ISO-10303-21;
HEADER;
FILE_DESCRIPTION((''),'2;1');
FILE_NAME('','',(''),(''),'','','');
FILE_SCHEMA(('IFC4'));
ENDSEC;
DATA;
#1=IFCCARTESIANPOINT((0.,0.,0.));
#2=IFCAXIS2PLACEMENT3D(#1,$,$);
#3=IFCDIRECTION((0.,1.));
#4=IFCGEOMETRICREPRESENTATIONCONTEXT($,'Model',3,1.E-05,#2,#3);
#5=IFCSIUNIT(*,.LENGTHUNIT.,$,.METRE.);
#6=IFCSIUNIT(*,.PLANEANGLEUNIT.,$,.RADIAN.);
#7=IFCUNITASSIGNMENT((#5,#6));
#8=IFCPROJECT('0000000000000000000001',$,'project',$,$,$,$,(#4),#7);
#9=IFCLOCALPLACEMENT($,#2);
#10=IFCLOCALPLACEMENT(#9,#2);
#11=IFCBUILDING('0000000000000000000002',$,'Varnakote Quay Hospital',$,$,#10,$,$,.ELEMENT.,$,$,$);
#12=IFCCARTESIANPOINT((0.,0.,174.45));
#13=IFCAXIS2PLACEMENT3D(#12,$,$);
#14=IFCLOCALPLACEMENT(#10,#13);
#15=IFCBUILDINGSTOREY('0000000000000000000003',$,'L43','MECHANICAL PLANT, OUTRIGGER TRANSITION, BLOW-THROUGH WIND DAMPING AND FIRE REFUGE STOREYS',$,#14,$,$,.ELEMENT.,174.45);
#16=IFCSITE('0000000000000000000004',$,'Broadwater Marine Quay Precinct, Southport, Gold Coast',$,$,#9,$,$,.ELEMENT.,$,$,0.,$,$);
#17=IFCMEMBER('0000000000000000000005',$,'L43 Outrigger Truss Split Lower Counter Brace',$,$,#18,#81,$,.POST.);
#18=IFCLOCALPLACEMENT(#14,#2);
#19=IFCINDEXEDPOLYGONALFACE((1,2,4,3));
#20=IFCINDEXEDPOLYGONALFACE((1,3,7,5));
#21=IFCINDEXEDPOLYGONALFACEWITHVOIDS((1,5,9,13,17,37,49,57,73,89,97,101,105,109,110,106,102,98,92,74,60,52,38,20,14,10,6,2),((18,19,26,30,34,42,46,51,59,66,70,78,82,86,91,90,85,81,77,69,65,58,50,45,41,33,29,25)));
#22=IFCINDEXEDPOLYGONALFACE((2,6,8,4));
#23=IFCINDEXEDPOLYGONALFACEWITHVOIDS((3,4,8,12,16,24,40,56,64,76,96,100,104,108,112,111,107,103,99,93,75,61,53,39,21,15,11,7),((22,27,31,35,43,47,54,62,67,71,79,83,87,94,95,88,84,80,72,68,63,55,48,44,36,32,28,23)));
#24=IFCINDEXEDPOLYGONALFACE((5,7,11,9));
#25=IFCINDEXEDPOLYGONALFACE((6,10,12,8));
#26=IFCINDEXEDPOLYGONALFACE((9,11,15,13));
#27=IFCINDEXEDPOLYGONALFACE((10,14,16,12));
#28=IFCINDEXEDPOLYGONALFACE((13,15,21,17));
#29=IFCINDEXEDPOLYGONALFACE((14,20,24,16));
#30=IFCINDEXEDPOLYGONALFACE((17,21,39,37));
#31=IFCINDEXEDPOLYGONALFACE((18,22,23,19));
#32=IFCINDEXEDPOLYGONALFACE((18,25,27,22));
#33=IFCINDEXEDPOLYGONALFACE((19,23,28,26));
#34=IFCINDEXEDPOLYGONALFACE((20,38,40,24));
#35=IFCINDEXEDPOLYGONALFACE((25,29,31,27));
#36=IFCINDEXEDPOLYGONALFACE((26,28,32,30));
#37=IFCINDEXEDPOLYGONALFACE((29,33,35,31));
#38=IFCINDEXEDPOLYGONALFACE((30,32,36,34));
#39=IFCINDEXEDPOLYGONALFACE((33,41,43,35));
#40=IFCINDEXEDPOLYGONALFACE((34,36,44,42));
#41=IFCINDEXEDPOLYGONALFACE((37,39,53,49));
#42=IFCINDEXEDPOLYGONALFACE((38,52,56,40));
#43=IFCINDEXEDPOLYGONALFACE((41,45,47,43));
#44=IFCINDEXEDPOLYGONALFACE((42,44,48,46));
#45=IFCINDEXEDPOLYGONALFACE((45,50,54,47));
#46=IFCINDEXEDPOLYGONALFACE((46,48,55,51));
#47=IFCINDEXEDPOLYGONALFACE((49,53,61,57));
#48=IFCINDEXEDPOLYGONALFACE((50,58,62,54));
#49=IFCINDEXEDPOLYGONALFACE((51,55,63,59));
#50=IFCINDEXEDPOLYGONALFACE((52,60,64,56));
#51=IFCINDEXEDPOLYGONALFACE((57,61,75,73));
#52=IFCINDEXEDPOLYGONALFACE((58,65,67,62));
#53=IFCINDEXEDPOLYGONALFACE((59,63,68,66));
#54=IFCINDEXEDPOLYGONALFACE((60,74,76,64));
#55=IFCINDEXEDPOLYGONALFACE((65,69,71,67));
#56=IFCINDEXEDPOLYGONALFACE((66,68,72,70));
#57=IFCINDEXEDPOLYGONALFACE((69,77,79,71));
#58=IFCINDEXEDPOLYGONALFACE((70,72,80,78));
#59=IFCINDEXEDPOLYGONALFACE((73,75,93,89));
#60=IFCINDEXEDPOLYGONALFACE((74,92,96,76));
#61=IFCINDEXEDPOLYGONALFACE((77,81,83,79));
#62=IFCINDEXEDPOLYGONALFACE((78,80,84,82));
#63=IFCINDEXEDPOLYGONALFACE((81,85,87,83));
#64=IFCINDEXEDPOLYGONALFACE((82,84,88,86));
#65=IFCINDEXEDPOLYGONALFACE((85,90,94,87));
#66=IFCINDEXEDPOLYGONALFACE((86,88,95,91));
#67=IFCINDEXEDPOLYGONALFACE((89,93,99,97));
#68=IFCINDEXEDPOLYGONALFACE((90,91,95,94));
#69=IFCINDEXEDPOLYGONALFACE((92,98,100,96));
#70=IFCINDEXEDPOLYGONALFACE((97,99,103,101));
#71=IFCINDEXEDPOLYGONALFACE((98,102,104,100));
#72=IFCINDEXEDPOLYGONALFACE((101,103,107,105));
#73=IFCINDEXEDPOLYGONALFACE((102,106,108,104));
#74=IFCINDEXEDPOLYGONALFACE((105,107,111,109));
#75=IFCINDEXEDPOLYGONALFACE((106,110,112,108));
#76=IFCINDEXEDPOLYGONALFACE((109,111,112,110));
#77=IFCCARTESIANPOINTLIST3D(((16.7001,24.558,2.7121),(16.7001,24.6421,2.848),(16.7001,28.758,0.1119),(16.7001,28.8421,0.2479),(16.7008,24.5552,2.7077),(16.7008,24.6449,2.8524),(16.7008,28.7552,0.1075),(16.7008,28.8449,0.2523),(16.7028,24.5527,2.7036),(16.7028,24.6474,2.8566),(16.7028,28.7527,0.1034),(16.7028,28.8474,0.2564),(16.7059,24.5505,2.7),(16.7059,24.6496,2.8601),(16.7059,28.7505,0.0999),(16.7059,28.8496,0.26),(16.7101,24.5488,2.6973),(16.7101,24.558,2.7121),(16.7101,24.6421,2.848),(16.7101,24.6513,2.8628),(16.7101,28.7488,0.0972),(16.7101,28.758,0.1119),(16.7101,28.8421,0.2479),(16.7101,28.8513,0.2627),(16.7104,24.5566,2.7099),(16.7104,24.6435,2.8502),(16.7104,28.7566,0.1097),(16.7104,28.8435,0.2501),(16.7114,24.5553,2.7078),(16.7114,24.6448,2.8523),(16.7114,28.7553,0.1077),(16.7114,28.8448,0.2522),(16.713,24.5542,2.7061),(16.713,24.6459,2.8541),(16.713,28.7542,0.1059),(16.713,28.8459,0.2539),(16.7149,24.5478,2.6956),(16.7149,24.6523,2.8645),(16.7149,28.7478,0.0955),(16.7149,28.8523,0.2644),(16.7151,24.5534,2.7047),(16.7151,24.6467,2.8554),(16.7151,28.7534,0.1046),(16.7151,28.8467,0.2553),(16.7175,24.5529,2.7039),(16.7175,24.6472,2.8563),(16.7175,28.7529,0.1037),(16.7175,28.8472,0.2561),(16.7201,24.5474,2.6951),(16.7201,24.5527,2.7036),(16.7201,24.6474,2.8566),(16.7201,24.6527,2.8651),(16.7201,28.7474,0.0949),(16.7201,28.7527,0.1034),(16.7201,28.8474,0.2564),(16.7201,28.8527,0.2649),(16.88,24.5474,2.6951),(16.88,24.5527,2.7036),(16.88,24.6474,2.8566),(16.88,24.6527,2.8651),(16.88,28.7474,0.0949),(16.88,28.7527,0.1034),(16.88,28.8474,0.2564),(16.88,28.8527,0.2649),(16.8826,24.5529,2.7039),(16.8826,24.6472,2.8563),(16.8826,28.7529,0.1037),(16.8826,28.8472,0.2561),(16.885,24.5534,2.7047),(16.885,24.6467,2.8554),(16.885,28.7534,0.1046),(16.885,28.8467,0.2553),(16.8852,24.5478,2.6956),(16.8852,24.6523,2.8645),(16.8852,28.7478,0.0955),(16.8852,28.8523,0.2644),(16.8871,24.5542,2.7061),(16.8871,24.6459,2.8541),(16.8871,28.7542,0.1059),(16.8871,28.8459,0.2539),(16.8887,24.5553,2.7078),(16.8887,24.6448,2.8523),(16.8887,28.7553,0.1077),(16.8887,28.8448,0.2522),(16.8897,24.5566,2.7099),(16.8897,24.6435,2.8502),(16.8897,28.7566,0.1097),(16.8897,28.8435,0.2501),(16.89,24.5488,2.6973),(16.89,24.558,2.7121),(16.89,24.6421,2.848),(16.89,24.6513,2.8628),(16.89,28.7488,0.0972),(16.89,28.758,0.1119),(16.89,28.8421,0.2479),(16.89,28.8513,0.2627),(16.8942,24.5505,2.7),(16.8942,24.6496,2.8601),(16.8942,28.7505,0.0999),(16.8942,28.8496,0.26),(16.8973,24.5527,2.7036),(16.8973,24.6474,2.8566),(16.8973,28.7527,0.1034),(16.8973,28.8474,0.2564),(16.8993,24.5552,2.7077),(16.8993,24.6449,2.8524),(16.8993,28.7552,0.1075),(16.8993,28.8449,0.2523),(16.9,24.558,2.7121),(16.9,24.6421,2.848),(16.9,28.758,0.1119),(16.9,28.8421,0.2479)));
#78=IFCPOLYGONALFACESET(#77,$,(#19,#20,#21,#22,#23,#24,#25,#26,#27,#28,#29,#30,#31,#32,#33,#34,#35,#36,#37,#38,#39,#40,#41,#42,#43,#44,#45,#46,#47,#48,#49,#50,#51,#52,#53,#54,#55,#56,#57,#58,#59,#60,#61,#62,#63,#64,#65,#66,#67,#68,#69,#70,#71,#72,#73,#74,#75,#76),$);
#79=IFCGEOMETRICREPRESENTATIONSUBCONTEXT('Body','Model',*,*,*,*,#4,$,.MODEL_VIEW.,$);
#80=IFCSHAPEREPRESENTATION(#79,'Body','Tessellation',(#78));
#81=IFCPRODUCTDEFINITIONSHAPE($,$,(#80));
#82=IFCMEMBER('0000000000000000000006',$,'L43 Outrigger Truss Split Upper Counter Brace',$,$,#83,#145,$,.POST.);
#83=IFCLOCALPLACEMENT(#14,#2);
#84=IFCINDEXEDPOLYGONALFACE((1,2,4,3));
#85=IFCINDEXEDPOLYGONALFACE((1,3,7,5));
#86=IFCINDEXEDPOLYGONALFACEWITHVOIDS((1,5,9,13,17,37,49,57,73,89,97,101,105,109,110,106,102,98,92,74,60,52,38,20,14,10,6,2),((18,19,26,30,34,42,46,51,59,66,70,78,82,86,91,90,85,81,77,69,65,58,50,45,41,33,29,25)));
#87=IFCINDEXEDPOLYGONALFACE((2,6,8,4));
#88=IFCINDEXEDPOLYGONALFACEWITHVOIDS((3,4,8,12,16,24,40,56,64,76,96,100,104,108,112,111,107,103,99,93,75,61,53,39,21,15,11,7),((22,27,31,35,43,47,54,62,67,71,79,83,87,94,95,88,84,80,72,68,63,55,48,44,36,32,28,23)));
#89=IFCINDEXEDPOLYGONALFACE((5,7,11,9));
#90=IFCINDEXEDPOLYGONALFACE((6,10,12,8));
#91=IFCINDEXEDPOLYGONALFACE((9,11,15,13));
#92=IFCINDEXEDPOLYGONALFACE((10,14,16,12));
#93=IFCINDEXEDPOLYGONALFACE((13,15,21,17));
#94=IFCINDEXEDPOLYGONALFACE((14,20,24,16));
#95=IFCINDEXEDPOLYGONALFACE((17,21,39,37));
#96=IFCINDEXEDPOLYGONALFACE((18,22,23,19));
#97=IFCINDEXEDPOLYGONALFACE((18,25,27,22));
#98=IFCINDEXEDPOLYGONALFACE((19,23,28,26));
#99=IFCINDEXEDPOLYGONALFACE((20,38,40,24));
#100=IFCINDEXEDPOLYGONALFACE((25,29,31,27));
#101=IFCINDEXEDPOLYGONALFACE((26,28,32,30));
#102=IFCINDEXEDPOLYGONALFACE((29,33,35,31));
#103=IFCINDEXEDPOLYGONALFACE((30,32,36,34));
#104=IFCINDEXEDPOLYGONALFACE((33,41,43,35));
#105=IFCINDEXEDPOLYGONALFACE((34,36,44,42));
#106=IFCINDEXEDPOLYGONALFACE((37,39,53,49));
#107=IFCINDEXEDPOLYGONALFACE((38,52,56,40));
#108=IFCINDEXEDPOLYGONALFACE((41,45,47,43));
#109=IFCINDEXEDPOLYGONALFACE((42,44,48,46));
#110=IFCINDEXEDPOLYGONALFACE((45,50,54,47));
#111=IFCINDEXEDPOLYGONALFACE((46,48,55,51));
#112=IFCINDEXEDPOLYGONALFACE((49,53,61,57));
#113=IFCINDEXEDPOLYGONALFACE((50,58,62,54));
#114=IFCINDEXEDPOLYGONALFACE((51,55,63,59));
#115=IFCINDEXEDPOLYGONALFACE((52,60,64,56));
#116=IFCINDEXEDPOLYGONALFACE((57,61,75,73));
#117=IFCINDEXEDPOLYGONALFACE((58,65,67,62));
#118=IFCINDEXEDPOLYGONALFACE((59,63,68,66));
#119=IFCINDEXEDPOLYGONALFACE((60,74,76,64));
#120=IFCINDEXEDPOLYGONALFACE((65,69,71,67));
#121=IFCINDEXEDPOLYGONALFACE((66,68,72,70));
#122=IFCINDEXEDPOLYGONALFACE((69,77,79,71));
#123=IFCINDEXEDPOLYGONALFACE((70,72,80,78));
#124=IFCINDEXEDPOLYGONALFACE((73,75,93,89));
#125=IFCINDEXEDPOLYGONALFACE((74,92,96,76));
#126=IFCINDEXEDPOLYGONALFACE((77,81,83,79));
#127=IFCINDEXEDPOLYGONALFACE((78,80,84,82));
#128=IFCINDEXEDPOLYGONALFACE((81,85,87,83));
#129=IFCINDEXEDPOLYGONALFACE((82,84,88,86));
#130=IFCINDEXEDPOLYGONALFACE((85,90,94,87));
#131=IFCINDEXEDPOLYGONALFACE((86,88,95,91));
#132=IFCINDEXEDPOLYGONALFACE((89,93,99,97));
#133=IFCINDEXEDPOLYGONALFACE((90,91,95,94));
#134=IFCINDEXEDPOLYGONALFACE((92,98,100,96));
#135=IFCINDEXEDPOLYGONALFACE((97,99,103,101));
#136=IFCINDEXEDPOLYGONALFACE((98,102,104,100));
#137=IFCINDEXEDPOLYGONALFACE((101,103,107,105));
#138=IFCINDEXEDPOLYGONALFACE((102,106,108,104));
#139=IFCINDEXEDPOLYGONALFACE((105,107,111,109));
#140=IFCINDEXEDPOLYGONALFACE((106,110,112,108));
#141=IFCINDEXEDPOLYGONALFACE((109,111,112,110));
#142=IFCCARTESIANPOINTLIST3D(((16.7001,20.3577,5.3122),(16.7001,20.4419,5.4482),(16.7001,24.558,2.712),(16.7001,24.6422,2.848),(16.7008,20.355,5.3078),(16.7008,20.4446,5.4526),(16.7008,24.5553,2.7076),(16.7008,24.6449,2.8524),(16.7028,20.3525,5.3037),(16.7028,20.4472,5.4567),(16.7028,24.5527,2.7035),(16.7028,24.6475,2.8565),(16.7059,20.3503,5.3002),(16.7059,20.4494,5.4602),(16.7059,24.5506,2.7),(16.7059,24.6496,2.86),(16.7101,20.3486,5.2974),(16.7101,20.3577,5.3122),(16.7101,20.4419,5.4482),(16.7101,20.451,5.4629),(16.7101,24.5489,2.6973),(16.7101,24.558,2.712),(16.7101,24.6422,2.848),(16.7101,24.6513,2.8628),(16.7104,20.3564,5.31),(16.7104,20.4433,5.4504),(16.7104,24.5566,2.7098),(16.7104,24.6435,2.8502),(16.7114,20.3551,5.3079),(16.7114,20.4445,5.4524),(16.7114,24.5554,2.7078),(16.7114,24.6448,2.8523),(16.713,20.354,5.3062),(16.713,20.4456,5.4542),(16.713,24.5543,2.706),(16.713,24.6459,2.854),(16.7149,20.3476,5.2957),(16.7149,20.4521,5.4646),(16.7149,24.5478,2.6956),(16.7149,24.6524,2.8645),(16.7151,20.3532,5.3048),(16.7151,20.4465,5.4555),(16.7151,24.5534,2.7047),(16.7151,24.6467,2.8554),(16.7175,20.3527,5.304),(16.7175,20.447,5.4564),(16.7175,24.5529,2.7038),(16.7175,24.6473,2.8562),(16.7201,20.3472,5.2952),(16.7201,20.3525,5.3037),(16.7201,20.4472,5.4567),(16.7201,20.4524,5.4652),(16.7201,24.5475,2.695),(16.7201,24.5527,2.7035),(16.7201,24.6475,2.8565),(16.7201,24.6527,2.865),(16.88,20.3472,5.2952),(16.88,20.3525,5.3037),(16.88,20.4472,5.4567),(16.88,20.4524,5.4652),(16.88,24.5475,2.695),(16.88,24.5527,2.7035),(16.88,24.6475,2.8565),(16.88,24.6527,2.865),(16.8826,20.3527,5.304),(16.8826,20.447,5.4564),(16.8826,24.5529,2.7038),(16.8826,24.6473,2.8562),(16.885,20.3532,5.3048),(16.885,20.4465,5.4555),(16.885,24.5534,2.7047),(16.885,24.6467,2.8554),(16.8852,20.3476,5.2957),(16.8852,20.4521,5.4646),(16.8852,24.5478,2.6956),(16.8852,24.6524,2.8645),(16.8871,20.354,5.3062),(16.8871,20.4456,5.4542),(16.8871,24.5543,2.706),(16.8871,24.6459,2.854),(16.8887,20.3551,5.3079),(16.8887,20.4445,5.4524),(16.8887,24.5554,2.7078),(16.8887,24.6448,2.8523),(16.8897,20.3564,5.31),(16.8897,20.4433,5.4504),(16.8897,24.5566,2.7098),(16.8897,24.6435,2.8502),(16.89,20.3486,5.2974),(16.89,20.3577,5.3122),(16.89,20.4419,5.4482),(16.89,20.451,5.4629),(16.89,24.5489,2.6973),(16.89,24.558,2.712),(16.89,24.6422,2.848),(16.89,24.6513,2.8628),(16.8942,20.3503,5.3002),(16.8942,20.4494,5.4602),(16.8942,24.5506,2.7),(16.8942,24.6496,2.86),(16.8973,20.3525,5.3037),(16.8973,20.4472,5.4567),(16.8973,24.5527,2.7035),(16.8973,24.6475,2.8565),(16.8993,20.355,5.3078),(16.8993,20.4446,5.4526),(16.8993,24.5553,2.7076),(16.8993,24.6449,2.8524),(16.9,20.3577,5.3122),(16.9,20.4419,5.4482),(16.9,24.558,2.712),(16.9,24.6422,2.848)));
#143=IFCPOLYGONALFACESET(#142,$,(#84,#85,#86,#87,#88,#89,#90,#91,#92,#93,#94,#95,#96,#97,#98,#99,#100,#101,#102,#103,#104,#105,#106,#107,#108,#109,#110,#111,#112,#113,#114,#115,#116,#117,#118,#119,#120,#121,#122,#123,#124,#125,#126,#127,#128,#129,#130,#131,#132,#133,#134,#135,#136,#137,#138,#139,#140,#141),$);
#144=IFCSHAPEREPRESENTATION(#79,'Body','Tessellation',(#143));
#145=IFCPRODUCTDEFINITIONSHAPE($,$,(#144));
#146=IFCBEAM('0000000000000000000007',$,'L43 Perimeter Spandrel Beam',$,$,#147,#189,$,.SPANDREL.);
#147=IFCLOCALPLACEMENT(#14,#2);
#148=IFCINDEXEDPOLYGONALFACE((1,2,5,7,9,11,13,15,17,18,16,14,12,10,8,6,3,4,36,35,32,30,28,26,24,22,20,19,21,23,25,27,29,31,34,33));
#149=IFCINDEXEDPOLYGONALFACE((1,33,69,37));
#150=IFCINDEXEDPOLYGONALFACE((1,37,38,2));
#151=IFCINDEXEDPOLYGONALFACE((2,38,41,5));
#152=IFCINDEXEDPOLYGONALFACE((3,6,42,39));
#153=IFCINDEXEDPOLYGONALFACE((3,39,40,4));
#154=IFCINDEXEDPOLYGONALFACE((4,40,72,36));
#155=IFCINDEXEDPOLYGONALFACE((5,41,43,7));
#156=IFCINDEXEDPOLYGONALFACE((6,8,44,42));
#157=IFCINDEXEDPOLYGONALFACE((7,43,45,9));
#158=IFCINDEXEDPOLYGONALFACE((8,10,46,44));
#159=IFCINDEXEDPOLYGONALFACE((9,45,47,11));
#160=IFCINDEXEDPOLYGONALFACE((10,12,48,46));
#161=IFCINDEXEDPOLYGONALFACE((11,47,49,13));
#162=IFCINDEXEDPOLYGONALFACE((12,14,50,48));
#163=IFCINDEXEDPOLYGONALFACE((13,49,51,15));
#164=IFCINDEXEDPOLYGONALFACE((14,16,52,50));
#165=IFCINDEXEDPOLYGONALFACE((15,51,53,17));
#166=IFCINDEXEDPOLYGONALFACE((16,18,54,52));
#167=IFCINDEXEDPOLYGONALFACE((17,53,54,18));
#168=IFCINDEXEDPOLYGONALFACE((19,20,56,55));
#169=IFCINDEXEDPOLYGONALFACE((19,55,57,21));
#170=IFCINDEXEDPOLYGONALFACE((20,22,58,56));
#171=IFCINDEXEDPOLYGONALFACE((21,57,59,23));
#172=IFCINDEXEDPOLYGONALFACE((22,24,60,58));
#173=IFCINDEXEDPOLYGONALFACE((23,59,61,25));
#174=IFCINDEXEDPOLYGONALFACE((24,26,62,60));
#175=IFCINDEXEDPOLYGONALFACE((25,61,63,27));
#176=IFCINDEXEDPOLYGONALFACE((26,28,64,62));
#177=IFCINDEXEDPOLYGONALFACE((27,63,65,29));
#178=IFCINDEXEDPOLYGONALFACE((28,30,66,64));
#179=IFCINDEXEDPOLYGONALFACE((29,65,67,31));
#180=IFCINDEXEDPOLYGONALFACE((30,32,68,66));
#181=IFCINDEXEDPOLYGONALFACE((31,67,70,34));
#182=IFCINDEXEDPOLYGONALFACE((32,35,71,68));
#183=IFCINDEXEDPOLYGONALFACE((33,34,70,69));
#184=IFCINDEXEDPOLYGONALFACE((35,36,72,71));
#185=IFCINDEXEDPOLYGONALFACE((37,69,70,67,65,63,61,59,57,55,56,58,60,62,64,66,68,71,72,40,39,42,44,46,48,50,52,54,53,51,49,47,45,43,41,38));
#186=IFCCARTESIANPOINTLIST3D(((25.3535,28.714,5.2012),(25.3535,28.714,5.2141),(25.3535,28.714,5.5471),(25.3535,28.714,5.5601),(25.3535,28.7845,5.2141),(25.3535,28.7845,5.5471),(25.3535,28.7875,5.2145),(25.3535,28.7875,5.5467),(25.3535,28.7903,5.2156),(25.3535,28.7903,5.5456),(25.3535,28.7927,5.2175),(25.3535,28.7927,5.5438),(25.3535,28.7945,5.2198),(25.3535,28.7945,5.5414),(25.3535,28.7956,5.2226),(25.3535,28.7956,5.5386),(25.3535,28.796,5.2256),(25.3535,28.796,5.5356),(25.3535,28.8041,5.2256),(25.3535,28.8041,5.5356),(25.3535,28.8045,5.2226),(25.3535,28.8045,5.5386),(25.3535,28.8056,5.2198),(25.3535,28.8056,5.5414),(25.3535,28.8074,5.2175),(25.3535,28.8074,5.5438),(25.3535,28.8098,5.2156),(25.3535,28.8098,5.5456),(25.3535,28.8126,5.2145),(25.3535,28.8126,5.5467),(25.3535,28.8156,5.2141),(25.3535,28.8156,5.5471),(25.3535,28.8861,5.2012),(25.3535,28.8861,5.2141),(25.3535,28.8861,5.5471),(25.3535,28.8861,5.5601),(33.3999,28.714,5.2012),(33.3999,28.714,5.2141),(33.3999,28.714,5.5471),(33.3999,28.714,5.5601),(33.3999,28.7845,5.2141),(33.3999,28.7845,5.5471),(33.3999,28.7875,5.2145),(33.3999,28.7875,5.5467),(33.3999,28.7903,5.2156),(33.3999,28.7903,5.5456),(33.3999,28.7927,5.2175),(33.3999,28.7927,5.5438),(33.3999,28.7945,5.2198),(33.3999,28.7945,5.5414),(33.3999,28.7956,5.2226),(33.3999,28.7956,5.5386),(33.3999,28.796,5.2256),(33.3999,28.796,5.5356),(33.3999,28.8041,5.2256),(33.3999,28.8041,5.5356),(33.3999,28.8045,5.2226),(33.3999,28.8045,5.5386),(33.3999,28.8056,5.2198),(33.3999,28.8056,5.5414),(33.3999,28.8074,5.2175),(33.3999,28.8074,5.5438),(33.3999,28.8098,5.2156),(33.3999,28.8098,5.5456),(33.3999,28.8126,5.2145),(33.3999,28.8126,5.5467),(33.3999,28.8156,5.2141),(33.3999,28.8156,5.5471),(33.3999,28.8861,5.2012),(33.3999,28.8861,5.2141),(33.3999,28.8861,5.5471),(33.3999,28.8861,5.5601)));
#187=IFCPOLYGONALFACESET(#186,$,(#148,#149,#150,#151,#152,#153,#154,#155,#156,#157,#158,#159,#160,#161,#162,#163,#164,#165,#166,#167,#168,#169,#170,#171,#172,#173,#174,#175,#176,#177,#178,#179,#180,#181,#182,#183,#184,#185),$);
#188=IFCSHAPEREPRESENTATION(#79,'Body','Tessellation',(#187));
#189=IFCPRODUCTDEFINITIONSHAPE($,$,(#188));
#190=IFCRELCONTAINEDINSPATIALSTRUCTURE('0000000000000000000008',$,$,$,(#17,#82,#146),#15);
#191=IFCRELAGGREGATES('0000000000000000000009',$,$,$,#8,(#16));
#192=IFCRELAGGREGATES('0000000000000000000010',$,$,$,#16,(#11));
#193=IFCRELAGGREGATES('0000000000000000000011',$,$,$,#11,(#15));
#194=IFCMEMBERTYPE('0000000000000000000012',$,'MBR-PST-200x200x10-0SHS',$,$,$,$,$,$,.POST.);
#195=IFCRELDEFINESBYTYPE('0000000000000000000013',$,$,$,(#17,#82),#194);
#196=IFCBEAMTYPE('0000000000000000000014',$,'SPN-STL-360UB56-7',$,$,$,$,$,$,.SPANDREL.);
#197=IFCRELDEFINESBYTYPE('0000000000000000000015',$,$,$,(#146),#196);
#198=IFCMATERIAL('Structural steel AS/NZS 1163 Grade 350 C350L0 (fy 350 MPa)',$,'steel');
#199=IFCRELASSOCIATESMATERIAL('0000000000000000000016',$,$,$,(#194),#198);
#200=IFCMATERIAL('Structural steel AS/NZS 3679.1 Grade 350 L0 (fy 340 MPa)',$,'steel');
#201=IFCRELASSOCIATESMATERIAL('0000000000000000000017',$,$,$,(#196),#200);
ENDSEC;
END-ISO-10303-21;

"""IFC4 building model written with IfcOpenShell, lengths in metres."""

from ifc_helpers import new_model, si_unit, direction, frame, origin, origin_2d, place, context, subcontext, project, spatial, hollow_rectangle, i_section, extrude, material, material_profile, profile_set, type_object, element, save


model = new_model("IFC4")

# Units and contexts
model_context = context("Model", 3, precision=1e-05, world=origin(), true_north=direction((0.0, 1.0)))
body_context = subcontext(model_context, "Body", "Model", "MODEL_VIEW")
ifc_project = project(units=[si_unit("LENGTHUNIT", "METRE"), si_unit("PLANEANGLEUNIT", "RADIAN")], contexts=[model_context])

# Site, building, storey
site_placement = place(None, origin())
site = spatial("IfcSite", under=ifc_project, at=site_placement, Name="Broadwater Marine Quay Precinct, Southport, Gold Coast", CompositionType="ELEMENT", RefElevation=0.0)
building_placement = place(site_placement, origin())
building = spatial("IfcBuilding", under=site, at=building_placement, Name="Varnakote Quay Hospital", CompositionType="ELEMENT")
storey_placement = place(building_placement, frame((0.0, 0.0, 174.45)))
storey = spatial("IfcBuildingStorey", under=building, at=storey_placement, Name="L43", Description="MECHANICAL PLANT, OUTRIGGER TRANSITION, BLOW-THROUGH WIND DAMPING AND FIRE REFUGE STOREYS", CompositionType="ELEMENT", Elevation=174.45)

# Members
ifc_material_1 = material(Name="Structural steel AS/NZS 1163 Grade 350 C350L0 (fy 350 MPa)", Category="steel")
ifc_material_profile_1 = material_profile(ifc_material_1, hollow_rectangle(XDim=0.2, YDim=0.2, WallThickness=0.01, InnerFilletRadius=0.01, OuterFilletRadius=0.02, at=origin_2d()), Name="200x200x10.0SHS")
ifc_profile_set_1 = profile_set([ifc_material_profile_1], Name="Structural steel AS/NZS 1163 Grade 350 C350L0 (fy 350 MPa)")
member_type_1 = type_object("IfcMemberType", Name="MBR-PST-200x200x10-0SHS", PredefinedType="POST", material=ifc_profile_set_1)
member_1_placement = place(storey_placement, frame((16.8, 28.8, 0.1799), z_axis=(0.0, -0.850254, 0.526373), x_axis=(1.0, 0.0, 0.0)))
element("IfcMember", 1, at=member_1_placement, inside=storey, type_object=member_type_1, Name="L43 Outrigger Truss Split Lower Counter Brace", PredefinedType="POST", context=body_context, shape_type="SweptSolid", body=[
    extrude(hollow_rectangle(XDim=0.2, YDim=0.2, WallThickness=0.01, InnerFilletRadius=0.01, OuterFilletRadius=0.02, at=origin_2d()), origin(), (0.0, 0.0, 1.0), 4.9397),
])
member_2_placement = place(storey_placement, frame((16.8, 24.6001, 2.78), z_axis=(0.0, -0.850267, 0.526351), x_axis=(1.0, 0.0, 0.0)))
element("IfcMember", 2, at=member_2_placement, inside=storey, type_object=member_type_1, Name="L43 Outrigger Truss Split Upper Counter Brace", PredefinedType="POST", context=body_context, shape_type="SweptSolid", body=[
    extrude(hollow_rectangle(XDim=0.2, YDim=0.2, WallThickness=0.01, InnerFilletRadius=0.01, OuterFilletRadius=0.02, at=origin_2d()), origin(), (0.0, 0.0, 1.0), 4.9399),
])

# Beam
ifc_material_2 = material(Name="Structural steel AS/NZS 3679.1 Grade 350 L0 (fy 340 MPa)", Category="steel")
ifc_material_profile_2 = material_profile(ifc_material_2, i_section(OverallWidth=0.1721, OverallDepth=0.3589, WebThickness=0.0081, FlangeThickness=0.0129, FilletRadius=0.0115, at=origin_2d()), Name="360UB56.7")
ifc_profile_set_2 = profile_set([ifc_material_profile_2], Name="Structural steel AS/NZS 3679.1 Grade 350 L0 (fy 340 MPa)")
beam_type_1 = type_object("IfcBeamType", Name="SPN-STL-360UB56-7", PredefinedType="SPANDREL", material=ifc_profile_set_2)
beam_1_placement = place(storey_placement, frame((25.3535, 28.8, 5.3806), z_axis=(1.0, 0.0, 0.0), x_axis=(0.0, 1.0, 0.0)))
element("IfcBeam", 3, at=beam_1_placement, inside=storey, type_object=beam_type_1, Name="L43 Perimeter Spandrel Beam", PredefinedType="SPANDREL", context=body_context, shape_type="SweptSolid", body=[
    extrude(i_section(OverallWidth=0.1721, OverallDepth=0.3589, WebThickness=0.0081, FlangeThickness=0.0129, FilletRadius=0.0115, at=origin_2d()), origin(), (0.0, 0.0, 1.0), 8.0464),
])

save(model, "model.ifc")
